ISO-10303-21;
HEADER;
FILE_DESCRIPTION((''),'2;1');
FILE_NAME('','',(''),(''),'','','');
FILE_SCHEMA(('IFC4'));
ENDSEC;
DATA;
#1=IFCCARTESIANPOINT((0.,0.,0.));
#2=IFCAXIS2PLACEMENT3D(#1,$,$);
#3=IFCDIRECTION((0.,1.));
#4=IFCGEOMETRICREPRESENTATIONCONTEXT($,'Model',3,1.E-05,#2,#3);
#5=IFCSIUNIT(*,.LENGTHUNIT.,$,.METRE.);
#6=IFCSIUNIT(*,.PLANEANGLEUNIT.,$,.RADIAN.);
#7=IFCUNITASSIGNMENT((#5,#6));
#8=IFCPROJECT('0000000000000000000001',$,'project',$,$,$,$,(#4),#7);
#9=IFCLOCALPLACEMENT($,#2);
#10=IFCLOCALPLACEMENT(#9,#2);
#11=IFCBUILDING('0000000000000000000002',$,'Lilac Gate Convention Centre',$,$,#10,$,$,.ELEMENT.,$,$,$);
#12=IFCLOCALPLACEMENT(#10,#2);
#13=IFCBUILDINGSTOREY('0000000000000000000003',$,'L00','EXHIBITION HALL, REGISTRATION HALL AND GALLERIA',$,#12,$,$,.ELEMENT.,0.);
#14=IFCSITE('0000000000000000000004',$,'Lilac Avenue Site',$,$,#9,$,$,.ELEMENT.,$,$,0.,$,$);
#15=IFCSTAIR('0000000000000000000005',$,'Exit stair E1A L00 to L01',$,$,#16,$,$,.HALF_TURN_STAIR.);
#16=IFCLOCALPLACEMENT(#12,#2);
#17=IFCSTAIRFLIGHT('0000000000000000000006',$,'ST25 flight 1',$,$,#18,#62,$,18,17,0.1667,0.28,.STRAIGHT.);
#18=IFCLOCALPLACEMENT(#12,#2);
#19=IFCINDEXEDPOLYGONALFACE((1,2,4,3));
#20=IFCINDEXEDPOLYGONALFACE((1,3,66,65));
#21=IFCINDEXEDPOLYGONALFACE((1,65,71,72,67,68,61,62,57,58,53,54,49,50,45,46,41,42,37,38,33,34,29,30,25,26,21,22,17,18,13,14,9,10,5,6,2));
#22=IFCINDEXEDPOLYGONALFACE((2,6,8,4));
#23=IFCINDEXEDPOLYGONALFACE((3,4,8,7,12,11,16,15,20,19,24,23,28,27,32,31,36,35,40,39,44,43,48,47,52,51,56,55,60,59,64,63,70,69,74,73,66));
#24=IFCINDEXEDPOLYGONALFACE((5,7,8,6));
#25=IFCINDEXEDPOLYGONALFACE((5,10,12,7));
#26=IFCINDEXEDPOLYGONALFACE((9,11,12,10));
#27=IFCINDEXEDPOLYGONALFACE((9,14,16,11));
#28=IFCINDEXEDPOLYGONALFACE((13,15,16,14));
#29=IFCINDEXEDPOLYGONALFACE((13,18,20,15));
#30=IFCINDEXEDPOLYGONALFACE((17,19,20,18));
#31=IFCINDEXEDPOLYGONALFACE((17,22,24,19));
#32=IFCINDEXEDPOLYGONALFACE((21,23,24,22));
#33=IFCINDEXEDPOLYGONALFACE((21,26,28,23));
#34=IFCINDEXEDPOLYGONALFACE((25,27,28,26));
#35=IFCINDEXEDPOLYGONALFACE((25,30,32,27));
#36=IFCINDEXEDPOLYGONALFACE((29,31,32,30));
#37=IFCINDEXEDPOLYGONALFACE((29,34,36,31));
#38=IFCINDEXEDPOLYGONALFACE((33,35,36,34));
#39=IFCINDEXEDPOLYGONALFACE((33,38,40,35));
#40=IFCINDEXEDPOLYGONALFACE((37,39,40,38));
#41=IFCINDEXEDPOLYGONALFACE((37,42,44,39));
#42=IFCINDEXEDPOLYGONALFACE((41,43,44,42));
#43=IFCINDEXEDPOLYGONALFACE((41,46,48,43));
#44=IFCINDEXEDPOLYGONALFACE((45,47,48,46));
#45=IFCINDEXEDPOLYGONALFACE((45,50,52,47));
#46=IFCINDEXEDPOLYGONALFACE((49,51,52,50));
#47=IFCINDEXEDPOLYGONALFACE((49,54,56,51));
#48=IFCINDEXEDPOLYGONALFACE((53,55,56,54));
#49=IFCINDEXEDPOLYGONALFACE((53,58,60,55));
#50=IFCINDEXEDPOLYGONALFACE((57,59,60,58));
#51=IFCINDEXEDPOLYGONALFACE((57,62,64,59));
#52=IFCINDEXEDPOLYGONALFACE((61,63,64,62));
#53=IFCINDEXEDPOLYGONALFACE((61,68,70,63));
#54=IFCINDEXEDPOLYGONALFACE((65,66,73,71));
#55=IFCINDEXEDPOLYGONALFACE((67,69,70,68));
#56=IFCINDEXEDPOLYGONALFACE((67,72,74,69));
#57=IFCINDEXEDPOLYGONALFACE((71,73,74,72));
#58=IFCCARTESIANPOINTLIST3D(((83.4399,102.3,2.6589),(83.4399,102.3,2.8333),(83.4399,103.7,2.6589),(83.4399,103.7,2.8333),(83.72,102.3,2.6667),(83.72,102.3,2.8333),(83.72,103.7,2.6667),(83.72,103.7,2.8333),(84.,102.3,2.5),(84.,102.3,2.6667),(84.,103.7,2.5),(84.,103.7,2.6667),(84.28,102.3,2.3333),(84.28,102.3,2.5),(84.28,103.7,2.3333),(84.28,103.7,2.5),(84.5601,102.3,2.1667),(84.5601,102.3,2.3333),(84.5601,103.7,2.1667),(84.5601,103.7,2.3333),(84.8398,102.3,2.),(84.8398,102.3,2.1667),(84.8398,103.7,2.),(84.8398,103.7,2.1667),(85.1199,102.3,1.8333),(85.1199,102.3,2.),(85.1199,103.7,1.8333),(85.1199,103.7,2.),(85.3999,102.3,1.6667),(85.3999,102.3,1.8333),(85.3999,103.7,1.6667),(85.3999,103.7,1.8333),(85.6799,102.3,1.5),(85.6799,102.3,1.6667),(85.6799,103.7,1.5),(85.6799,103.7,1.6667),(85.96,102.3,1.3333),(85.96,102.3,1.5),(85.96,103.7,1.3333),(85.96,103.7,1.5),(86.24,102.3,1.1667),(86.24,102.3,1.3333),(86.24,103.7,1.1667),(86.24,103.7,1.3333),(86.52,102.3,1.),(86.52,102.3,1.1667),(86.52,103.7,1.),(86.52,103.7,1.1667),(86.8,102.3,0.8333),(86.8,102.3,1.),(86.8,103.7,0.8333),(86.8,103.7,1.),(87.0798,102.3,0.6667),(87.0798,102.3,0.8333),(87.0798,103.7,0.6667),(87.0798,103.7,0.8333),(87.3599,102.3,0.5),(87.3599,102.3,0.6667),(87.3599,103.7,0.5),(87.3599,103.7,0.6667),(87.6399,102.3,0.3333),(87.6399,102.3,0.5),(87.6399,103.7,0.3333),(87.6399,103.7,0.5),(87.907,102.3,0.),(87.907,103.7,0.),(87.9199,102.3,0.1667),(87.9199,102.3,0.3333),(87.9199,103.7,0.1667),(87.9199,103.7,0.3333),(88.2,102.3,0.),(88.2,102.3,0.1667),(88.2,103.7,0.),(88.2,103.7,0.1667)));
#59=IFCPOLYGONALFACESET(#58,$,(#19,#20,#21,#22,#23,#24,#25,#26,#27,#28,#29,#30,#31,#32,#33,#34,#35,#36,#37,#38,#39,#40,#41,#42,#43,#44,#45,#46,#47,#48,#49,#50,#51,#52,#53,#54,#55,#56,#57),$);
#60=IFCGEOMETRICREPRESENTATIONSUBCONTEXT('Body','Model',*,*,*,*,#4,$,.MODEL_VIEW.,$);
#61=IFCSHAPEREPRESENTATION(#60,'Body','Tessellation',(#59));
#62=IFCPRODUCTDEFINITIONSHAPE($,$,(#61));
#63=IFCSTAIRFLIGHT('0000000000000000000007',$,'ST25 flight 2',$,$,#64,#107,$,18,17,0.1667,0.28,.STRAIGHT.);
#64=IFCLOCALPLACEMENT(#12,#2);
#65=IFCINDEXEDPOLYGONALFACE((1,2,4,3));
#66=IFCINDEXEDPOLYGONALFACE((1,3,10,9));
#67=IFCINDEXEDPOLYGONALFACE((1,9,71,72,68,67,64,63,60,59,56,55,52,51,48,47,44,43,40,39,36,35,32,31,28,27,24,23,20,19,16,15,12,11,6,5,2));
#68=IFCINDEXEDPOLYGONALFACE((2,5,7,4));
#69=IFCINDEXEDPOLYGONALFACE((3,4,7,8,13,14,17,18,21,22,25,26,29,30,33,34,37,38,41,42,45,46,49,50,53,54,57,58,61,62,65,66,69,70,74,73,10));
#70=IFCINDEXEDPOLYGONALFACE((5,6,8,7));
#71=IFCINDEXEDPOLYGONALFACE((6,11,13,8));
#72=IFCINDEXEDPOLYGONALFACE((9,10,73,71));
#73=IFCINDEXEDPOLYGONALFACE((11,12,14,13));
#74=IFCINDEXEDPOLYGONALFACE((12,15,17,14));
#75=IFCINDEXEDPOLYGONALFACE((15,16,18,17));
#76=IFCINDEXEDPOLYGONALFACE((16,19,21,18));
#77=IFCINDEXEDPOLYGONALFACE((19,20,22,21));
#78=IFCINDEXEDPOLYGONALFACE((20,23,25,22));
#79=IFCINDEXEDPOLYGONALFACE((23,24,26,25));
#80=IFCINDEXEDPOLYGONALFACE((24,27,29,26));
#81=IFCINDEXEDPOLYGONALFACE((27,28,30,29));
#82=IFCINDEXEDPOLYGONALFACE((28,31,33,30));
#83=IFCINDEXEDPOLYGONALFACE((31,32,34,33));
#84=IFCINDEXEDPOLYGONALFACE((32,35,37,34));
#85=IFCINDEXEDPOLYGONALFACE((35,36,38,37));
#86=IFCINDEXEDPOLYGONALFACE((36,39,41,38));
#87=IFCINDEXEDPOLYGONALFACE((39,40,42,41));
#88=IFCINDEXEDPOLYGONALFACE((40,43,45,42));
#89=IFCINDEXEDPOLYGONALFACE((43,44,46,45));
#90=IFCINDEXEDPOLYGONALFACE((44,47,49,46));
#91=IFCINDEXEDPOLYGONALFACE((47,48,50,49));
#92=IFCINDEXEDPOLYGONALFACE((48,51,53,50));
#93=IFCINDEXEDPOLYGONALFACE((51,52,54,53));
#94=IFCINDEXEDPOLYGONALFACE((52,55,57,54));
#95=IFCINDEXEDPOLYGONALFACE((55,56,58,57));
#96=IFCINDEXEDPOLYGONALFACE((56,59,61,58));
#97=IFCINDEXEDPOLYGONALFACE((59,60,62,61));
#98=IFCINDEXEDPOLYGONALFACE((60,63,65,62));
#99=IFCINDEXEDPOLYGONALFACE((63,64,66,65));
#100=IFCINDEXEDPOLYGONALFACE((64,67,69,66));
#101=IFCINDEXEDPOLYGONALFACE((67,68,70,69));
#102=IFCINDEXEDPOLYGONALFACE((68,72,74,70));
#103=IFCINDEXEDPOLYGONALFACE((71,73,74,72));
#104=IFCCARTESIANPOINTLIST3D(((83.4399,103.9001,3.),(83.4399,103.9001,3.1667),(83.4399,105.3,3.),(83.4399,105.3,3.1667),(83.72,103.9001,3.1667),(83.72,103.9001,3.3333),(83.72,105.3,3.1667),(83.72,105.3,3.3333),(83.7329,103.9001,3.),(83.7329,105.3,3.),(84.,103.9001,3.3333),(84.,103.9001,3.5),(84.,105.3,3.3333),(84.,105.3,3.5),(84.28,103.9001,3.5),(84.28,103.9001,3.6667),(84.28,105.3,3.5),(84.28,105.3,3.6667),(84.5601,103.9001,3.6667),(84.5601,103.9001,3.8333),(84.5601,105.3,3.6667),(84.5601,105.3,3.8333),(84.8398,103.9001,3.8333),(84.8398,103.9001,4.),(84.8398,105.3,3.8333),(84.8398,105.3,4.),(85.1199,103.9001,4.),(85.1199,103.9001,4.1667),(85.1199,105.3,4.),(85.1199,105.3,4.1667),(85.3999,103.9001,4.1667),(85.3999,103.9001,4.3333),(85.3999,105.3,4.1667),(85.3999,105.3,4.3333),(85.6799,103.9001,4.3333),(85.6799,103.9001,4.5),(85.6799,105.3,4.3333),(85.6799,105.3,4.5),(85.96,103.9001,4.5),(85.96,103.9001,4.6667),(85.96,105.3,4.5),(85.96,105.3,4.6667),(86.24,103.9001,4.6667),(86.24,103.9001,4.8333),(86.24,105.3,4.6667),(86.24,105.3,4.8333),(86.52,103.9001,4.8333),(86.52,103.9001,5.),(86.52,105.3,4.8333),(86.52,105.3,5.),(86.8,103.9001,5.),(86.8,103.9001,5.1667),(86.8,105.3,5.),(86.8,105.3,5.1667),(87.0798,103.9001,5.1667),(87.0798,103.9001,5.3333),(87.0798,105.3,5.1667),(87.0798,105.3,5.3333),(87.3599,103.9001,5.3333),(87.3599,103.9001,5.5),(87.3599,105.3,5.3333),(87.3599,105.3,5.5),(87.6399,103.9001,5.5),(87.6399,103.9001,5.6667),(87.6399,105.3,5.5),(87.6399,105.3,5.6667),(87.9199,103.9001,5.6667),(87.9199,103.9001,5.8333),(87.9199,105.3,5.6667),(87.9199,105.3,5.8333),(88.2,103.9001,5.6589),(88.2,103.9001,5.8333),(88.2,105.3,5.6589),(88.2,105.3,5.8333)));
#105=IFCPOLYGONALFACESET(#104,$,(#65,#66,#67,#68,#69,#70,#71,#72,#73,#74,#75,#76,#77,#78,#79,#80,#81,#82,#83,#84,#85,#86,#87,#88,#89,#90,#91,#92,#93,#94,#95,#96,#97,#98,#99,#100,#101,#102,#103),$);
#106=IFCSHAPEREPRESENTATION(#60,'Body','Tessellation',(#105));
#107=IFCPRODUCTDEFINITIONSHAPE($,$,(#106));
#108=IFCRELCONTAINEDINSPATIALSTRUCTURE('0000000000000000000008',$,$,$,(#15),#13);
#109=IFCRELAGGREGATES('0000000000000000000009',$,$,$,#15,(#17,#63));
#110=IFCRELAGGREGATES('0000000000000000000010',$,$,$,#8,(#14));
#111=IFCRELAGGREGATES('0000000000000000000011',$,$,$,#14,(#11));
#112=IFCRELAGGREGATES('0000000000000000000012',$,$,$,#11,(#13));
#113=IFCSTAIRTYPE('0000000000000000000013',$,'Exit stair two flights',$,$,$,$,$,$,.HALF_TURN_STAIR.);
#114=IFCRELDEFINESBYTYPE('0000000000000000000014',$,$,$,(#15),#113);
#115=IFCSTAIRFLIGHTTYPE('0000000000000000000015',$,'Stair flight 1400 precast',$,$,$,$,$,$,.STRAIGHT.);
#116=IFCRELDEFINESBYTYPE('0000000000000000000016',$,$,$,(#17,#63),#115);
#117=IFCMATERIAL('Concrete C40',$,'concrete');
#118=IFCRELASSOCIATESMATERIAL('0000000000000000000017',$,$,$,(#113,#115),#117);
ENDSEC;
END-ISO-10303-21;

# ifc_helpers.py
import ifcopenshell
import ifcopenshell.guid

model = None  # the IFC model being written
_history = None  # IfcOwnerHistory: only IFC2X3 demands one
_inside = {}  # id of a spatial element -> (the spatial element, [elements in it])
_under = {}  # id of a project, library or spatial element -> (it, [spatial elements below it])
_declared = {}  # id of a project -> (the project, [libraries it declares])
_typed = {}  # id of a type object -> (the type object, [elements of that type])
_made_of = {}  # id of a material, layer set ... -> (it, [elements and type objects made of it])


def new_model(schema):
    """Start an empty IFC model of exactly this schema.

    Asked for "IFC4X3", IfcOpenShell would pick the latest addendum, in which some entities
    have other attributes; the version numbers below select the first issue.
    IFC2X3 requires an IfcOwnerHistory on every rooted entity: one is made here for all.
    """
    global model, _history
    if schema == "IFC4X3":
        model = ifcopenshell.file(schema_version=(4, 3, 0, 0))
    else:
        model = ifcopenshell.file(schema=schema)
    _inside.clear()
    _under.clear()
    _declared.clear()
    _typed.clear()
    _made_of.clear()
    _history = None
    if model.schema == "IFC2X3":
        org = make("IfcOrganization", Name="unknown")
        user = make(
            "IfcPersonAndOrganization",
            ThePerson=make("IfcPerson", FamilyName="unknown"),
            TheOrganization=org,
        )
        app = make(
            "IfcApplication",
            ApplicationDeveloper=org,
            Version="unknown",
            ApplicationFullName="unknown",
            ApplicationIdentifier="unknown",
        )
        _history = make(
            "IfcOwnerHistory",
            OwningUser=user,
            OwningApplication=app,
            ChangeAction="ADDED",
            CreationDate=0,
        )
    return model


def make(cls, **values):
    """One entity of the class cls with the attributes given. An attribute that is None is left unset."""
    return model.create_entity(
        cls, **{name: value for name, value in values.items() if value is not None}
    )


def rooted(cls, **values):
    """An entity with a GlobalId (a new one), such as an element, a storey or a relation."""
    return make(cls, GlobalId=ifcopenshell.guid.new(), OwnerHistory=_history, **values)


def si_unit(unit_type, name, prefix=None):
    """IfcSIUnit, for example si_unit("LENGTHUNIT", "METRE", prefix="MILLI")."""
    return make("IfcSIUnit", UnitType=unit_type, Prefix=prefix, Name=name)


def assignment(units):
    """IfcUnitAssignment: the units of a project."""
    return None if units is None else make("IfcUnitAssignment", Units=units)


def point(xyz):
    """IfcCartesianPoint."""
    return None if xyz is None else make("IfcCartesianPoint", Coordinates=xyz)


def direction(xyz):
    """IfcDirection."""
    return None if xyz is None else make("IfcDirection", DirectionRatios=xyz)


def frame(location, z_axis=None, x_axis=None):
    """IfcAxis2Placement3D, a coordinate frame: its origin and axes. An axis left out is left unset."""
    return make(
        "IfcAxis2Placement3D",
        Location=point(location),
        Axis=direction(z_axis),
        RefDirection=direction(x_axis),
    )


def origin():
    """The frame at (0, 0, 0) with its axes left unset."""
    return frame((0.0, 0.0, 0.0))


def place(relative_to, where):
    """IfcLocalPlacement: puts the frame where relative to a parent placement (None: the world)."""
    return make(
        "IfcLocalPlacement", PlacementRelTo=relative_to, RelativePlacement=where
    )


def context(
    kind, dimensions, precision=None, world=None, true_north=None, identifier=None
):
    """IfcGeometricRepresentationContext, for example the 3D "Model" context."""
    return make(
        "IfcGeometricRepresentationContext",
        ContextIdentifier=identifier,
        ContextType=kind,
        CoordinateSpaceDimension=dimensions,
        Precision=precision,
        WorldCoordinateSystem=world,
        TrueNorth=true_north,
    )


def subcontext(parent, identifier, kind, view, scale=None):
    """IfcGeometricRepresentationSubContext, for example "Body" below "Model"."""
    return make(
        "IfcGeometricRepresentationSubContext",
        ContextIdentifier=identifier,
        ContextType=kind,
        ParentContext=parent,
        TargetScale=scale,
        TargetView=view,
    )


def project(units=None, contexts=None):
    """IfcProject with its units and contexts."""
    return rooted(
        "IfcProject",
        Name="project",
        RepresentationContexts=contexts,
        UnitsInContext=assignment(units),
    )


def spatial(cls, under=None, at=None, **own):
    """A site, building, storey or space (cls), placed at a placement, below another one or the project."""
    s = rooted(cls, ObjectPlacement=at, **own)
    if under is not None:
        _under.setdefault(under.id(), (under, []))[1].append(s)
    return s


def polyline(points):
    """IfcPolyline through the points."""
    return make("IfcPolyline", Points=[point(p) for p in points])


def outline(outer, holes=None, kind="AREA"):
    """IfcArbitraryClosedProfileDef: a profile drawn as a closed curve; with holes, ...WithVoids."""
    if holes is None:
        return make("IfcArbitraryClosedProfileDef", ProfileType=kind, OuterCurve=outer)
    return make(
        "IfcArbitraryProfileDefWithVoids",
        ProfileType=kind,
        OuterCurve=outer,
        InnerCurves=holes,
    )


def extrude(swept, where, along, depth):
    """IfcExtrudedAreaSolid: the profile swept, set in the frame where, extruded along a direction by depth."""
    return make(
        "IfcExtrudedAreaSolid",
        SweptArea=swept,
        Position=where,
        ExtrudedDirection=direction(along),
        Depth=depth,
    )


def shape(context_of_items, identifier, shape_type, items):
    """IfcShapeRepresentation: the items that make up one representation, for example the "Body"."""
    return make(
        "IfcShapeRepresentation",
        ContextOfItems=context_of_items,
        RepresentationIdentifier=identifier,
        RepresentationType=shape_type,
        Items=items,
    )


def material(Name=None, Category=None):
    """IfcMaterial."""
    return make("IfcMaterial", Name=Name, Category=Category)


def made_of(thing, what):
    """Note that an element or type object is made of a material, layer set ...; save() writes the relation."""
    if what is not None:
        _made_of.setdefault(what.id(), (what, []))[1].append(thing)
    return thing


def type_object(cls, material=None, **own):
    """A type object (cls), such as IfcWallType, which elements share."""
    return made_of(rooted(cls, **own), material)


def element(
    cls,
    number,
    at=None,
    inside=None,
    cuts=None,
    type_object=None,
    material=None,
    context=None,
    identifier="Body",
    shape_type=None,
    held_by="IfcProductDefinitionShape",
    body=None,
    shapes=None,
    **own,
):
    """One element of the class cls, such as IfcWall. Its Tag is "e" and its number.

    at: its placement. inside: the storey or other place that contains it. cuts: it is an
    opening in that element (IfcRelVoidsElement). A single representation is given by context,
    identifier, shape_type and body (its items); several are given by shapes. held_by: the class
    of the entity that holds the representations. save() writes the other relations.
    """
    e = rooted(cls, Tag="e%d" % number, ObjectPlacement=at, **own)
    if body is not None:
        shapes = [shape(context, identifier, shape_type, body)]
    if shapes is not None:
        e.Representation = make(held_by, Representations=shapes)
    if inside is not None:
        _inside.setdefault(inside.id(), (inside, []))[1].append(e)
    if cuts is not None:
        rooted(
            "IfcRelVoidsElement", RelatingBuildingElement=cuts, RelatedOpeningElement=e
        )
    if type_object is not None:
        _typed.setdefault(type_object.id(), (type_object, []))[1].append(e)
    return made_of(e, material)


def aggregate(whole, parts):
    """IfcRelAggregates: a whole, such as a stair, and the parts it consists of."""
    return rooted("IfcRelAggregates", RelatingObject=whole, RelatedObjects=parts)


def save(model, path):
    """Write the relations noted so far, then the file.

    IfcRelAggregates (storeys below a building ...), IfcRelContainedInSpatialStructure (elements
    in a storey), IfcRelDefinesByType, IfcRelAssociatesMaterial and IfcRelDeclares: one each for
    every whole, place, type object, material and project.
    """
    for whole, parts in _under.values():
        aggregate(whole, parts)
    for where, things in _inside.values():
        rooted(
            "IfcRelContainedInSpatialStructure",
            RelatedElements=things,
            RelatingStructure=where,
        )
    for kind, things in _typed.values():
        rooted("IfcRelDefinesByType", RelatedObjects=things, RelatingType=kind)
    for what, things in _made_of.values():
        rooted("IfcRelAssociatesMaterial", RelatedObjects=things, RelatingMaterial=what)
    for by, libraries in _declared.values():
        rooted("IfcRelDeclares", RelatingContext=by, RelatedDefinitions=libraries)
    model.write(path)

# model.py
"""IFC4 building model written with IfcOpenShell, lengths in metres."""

from ifc_helpers import new_model, si_unit, direction, frame, origin, place, context, subcontext, project, spatial, polyline, outline, extrude, material, type_object, element, aggregate, save


model = new_model("IFC4")

# Units and contexts
model_context = context("Model", 3, precision=1e-05, world=origin(), true_north=direction((0.0, 1.0)))
body_context = subcontext(model_context, "Body", "Model", "MODEL_VIEW")
ifc_project = project(units=[si_unit("LENGTHUNIT", "METRE"), si_unit("PLANEANGLEUNIT", "RADIAN")], contexts=[model_context])

# Site, building, storey
site_placement = place(None, origin())
site = spatial("IfcSite", under=ifc_project, at=site_placement, Name="Lilac Avenue Site", CompositionType="ELEMENT", RefElevation=0.0)
building_placement = place(site_placement, origin())
building = spatial("IfcBuilding", under=site, at=building_placement, Name="Lilac Gate Convention Centre", CompositionType="ELEMENT")
storey_placement = place(building_placement, origin())
storey = spatial("IfcBuildingStorey", under=building, at=storey_placement, Name="L00", Description="EXHIBITION HALL, REGISTRATION HALL AND GALLERIA", CompositionType="ELEMENT", Elevation=0.0)

# Shared definitions
ifc_material_1 = material(Name="Concrete C40", Category="concrete")

# Stair, stair flights
stair_type = type_object("IfcStairType", Name="Exit stair two flights", PredefinedType="HALF_TURN_STAIR", material=ifc_material_1)
stair_placement = place(storey_placement, origin())
stair = element("IfcStair", 1, at=stair_placement, inside=storey, type_object=stair_type, Name="Exit stair E1A L00 to L01", PredefinedType="HALF_TURN_STAIR")
stair_flight_type = type_object("IfcStairFlightType", Name="Stair flight 1400 precast", PredefinedType="STRAIGHT", material=ifc_material_1)
stair_flight_1_placement = place(storey_placement, frame((88.2, 103.0, 0.0), z_axis=(0.0, 0.0, 1.0), x_axis=(-1.0, 0.0, 0.0)))
stair_flight_1 = element("IfcStairFlight", 2, at=stair_flight_1_placement, type_object=stair_flight_type, Name="ST25 flight 1", NumberOfRisers=18, NumberOfTreads=17, PredefinedType="STRAIGHT", RiserHeight=0.1667, TreadLength=0.28, context=body_context, shape_type="SweptSolid", body=[
    extrude(outline(polyline([(0.0, 0.0), (0.0, 0.1667), (0.28, 0.1667), (0.28, 0.3333), (0.5601, 0.3333), (0.5601, 0.5), (0.8401, 0.5), (0.8401, 0.6667), (1.1201, 0.6667), (1.1201, 0.8333), (1.3999, 0.8333), (1.3999, 1.0), (1.6799, 1.0), (1.6799, 1.1667), (1.96, 1.1667), (1.96, 1.3333), (2.24, 1.3333), (2.24, 1.5), (2.52, 1.5), (2.52, 1.6667), (2.8, 1.6667), (2.8, 1.8333), (3.0801, 1.8333), (3.0801, 2.0), (3.3601, 2.0), (3.3601, 2.1667), (3.6399, 2.1667), (3.6399, 2.3333), (3.9199, 2.3333), (3.9199, 2.5), (4.2, 2.5), (4.2, 2.6667), (4.48, 2.6667), (4.48, 2.8333), (4.76, 2.8333), (4.76, 3.0), (4.76, 2.6589), (0.293, 0.0), (0.0, 0.0)])), frame((0.0, 0.7, 0.0), z_axis=(0.0, -1.0, 0.0), x_axis=(1.0, 0.0, 0.0)), (0.0, 0.0, 1.0), 1.3999),
])
stair_flight_2_placement = place(storey_placement, frame((83.4399, 104.6001, 3.0), z_axis=(0.0, 0.0, 1.0), x_axis=(1.0, 0.0, 0.0)))
stair_flight_2 = element("IfcStairFlight", 3, at=stair_flight_2_placement, type_object=stair_flight_type, Name="ST25 flight 2", NumberOfRisers=18, NumberOfTreads=17, PredefinedType="STRAIGHT", RiserHeight=0.1667, TreadLength=0.28, context=body_context, shape_type="SweptSolid", body=[
    extrude(outline(polyline([(0.0, 0.0), (0.0, 0.1667), (0.28, 0.1667), (0.28, 0.3333), (0.5601, 0.3333), (0.5601, 0.5), (0.8401, 0.5), (0.8401, 0.6667), (1.1201, 0.6667), (1.1201, 0.8333), (1.3999, 0.8333), (1.3999, 1.0), (1.6799, 1.0), (1.6799, 1.1667), (1.96, 1.1667), (1.96, 1.3333), (2.24, 1.3333), (2.24, 1.5), (2.52, 1.5), (2.52, 1.6667), (2.8, 1.6667), (2.8, 1.8333), (3.0801, 1.8333), (3.0801, 2.0), (3.3601, 2.0), (3.3601, 2.1667), (3.6399, 2.1667), (3.6399, 2.3333), (3.9199, 2.3333), (3.9199, 2.5), (4.2, 2.5), (4.2, 2.6667), (4.48, 2.6667), (4.48, 2.8333), (4.76, 2.8333), (4.76, 3.0), (4.76, 2.6589), (0.293, 0.0), (0.0, 0.0)])), frame((0.0, 0.7, 0.0), z_axis=(0.0, -1.0, 0.0), x_axis=(1.0, 0.0, 0.0)), (0.0, 0.0, 1.0), 1.3999),
])
aggregate(stair, [stair_flight_1, stair_flight_2])

save(model, "model.ifc")
